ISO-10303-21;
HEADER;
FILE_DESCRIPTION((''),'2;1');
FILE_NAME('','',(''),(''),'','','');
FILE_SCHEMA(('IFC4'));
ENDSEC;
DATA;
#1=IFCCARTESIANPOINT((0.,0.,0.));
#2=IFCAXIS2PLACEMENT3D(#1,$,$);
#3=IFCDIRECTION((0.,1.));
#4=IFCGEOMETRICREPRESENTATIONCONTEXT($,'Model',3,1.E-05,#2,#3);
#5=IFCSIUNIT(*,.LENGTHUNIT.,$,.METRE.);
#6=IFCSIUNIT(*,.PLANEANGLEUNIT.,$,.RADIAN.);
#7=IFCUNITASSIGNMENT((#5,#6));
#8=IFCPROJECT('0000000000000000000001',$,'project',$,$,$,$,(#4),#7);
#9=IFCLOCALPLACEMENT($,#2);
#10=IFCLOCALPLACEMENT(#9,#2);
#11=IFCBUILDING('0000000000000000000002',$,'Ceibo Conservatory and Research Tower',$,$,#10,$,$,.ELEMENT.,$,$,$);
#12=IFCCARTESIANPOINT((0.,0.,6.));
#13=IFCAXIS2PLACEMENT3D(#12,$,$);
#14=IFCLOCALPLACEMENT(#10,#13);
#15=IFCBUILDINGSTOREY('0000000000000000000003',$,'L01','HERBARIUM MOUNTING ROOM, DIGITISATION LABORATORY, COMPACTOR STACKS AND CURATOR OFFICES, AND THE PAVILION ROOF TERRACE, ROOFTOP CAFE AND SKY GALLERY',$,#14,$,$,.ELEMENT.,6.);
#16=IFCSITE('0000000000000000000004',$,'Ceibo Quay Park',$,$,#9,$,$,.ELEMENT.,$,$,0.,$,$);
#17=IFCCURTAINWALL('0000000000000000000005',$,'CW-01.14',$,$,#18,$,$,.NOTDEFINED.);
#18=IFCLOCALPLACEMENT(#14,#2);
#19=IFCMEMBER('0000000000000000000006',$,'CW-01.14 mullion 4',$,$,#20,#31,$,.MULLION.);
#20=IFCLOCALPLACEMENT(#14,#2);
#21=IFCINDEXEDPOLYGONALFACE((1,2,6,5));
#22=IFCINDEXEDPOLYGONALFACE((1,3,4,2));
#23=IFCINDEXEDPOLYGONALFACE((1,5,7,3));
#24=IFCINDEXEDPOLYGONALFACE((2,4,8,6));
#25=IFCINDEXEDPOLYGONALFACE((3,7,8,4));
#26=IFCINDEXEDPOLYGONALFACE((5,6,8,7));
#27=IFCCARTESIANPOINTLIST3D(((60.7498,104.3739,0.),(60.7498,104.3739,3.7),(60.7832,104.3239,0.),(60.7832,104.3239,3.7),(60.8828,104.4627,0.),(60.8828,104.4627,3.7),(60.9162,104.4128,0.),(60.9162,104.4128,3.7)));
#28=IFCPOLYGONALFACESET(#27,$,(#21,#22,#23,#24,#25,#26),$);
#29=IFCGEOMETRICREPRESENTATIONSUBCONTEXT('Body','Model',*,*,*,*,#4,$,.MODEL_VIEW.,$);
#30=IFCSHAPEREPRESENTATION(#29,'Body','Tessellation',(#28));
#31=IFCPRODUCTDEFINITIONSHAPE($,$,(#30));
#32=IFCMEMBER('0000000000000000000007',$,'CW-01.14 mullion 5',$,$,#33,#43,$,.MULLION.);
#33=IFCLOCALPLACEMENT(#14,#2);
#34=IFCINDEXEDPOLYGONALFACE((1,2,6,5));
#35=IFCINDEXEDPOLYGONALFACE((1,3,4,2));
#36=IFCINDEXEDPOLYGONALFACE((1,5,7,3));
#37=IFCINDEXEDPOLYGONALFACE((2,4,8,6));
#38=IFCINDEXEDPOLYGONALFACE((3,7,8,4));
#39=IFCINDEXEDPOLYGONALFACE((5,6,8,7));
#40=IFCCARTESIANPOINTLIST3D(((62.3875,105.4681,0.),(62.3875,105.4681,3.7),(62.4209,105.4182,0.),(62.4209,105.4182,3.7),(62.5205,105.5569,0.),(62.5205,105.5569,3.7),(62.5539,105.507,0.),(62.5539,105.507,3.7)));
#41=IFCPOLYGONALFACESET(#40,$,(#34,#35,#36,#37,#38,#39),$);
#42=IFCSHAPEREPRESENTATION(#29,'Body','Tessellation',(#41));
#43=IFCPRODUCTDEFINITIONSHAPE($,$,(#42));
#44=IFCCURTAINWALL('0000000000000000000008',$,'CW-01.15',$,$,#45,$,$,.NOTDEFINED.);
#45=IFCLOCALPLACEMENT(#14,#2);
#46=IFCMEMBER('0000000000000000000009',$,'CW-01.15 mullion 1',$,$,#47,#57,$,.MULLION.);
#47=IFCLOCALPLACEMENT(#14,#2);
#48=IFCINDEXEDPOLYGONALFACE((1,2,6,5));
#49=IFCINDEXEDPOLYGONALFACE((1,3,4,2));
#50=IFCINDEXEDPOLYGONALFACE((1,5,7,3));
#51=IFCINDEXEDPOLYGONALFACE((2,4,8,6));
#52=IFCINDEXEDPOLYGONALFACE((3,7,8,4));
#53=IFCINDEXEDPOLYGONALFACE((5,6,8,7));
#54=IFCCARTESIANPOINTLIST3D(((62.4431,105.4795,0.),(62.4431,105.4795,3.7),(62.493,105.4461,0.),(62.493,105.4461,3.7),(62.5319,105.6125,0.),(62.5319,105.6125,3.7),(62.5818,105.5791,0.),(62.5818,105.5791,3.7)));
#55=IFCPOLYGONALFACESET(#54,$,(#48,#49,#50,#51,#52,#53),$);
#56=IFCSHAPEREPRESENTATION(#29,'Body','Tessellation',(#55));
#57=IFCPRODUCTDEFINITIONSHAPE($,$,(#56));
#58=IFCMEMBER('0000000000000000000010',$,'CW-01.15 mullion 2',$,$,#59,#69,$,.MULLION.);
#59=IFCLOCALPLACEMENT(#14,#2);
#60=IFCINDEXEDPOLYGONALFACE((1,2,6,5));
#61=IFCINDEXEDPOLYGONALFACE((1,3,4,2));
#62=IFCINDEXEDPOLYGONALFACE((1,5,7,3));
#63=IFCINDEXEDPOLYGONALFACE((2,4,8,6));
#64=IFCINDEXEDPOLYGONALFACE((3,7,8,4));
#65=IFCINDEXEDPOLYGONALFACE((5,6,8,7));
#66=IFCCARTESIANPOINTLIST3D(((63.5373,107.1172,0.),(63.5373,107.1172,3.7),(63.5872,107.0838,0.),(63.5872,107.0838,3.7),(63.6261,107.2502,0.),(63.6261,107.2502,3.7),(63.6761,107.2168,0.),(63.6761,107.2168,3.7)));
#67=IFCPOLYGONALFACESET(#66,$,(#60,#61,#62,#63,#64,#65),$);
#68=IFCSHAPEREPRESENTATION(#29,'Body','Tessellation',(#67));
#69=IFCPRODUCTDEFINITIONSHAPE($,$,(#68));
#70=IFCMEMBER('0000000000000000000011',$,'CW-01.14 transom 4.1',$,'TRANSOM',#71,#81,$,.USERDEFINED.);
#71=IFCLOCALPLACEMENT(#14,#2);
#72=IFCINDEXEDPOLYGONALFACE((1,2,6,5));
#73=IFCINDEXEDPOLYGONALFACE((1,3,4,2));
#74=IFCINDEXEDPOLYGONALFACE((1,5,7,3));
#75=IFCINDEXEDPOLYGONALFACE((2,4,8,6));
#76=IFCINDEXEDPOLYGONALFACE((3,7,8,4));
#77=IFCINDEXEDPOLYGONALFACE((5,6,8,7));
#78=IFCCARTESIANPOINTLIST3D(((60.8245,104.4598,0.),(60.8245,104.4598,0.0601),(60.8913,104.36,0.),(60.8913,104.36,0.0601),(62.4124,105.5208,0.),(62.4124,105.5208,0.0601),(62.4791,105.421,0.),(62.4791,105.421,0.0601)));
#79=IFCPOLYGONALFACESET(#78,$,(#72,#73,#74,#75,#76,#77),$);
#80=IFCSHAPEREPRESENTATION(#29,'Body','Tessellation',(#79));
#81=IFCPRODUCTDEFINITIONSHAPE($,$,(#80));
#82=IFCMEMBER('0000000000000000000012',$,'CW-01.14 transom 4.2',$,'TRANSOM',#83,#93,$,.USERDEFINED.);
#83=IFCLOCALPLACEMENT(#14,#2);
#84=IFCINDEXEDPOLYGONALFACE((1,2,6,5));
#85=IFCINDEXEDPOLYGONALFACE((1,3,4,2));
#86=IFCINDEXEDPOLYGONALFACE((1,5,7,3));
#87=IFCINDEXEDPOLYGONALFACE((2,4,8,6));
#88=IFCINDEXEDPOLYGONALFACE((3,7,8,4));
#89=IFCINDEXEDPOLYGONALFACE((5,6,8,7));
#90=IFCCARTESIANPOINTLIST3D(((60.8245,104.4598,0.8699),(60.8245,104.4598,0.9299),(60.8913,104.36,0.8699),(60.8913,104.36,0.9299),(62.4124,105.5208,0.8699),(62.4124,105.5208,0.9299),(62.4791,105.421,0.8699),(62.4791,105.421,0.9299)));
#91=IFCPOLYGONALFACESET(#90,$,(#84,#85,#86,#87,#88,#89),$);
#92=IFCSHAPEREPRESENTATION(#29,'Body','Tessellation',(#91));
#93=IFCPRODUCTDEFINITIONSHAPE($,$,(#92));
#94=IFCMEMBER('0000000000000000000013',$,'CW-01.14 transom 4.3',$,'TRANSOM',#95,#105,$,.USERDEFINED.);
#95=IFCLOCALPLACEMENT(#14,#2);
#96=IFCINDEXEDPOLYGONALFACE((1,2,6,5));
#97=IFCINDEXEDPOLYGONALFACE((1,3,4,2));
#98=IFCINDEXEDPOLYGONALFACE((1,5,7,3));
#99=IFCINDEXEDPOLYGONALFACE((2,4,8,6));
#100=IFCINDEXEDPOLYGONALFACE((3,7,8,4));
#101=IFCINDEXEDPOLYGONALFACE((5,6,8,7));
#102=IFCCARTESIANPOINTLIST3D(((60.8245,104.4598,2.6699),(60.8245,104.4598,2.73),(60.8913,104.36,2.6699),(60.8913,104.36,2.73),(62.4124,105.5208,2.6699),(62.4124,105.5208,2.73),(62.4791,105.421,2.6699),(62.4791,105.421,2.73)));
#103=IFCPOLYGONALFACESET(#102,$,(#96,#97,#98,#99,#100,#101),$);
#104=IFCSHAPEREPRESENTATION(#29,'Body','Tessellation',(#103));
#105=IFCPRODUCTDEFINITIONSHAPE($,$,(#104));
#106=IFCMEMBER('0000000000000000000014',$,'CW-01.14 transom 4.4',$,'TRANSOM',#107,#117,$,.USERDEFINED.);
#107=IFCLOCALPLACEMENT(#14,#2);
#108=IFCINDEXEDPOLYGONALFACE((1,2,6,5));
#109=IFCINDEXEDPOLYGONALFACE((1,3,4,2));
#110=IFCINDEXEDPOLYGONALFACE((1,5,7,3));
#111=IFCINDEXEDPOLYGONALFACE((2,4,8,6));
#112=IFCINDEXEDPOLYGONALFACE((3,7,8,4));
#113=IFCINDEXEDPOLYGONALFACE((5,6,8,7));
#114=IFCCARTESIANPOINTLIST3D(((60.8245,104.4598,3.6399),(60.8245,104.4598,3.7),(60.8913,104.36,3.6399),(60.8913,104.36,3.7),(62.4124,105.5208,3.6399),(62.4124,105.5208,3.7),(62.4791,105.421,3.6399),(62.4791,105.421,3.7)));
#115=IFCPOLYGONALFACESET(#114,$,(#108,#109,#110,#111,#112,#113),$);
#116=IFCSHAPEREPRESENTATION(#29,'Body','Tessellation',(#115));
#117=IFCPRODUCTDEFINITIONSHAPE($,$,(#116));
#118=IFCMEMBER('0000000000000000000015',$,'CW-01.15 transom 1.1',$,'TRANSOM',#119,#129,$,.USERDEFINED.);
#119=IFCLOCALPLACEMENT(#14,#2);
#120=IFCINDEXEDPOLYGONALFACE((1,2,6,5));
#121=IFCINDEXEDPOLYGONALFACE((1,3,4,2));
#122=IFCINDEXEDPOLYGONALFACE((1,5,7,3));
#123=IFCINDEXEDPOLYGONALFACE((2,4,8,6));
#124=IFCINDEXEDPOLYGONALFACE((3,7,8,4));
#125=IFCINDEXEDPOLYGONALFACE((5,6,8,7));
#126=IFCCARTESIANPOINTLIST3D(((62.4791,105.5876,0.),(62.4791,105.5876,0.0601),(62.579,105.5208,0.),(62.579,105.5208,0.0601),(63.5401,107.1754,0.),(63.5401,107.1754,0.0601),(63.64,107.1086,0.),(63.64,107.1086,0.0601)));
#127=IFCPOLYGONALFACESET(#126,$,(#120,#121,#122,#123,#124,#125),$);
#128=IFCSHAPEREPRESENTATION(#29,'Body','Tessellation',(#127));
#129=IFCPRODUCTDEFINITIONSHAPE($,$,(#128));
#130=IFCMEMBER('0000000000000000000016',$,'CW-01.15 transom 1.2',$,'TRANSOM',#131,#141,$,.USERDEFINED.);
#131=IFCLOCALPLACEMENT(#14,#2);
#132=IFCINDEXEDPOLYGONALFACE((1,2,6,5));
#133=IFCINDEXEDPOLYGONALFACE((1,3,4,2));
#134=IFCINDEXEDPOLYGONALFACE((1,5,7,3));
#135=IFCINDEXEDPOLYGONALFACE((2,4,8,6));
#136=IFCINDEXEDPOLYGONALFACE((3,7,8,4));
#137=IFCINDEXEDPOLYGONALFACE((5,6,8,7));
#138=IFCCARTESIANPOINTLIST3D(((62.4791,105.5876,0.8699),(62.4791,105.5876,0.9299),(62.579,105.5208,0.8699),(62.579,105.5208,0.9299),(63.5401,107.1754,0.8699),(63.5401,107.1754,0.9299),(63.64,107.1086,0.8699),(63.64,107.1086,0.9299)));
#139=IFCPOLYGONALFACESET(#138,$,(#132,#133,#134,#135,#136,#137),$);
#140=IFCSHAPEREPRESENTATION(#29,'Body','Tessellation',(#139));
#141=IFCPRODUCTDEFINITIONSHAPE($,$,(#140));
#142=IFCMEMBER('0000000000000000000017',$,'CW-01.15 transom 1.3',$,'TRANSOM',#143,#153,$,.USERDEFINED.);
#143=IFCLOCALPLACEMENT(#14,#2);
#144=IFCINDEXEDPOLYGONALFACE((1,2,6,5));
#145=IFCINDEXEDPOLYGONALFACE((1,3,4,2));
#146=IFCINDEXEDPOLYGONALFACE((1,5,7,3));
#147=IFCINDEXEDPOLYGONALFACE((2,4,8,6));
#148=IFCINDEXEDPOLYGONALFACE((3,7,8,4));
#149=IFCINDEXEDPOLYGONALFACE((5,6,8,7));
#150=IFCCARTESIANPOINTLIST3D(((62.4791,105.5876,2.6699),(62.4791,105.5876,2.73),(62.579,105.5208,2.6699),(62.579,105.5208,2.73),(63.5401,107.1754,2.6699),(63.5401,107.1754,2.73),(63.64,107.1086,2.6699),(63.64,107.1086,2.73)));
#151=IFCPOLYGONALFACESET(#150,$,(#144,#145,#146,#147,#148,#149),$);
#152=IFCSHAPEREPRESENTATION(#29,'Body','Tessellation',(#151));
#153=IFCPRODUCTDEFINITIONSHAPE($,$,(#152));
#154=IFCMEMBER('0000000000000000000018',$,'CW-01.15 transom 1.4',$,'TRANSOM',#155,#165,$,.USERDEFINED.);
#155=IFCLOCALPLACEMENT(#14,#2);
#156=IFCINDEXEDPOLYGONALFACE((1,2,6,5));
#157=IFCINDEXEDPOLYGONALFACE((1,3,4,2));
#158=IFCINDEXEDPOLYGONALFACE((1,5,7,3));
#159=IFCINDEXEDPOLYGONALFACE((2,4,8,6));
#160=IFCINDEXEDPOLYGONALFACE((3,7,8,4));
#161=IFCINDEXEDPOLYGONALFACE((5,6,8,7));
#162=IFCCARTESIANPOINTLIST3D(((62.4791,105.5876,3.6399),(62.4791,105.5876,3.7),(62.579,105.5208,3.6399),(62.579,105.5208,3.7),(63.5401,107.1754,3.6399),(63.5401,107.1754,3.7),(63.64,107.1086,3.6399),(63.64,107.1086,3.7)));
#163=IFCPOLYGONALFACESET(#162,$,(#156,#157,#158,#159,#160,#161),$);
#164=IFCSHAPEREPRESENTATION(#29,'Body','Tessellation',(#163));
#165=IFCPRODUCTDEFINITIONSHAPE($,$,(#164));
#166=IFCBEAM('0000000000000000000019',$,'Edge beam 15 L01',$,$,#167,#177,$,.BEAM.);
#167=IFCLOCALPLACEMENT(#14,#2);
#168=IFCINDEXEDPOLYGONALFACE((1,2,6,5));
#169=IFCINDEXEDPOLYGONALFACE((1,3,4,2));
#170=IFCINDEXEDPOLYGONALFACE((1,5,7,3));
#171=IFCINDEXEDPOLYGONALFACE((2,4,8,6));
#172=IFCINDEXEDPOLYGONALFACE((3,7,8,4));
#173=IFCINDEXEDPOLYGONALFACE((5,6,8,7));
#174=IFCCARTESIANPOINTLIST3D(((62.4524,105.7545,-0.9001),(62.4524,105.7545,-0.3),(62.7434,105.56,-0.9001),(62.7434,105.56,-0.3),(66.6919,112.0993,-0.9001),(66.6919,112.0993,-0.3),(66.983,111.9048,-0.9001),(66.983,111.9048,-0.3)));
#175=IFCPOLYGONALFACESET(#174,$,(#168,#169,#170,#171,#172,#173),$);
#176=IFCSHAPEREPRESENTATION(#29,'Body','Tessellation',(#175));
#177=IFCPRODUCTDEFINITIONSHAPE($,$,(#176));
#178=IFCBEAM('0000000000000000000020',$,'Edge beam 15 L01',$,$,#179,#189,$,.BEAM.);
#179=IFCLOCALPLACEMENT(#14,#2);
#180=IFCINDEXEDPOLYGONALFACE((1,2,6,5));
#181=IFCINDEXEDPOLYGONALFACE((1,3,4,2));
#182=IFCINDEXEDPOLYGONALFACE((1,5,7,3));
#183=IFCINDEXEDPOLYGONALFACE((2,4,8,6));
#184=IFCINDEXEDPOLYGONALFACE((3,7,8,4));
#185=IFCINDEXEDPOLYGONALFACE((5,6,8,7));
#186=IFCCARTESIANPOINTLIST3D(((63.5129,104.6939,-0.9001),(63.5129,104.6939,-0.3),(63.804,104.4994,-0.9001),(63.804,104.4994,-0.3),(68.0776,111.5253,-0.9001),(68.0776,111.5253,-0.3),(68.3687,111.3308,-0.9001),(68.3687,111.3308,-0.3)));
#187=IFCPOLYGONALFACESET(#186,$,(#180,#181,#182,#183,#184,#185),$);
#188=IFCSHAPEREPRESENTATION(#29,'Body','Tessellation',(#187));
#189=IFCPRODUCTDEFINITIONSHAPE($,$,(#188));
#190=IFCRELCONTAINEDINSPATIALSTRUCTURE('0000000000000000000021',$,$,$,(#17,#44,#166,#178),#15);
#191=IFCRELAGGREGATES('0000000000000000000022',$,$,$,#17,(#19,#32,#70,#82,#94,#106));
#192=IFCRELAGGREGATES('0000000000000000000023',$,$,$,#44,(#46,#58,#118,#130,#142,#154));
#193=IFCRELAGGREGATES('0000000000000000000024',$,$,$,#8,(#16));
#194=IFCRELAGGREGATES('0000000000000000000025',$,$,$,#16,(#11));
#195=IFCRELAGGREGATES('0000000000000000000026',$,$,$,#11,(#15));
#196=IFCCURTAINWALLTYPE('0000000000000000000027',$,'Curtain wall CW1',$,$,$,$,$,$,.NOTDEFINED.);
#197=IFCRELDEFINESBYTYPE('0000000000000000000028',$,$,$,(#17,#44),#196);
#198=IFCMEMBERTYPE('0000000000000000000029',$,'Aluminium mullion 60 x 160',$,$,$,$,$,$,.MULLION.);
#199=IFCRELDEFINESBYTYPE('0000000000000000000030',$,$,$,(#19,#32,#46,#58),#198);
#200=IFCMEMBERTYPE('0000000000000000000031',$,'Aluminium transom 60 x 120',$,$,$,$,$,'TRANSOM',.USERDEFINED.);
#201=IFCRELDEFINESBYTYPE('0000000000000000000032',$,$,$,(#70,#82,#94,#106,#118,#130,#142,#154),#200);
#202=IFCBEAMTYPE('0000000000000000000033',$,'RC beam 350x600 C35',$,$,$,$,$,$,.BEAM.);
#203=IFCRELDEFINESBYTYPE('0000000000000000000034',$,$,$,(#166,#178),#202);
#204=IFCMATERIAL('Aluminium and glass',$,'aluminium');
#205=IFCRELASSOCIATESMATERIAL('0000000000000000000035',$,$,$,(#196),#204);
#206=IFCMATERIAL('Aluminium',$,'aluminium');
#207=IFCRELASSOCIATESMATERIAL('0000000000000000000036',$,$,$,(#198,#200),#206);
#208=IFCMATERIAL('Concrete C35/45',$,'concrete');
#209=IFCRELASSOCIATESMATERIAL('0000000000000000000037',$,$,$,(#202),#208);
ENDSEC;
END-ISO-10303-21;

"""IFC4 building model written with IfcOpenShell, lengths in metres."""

from ifc_helpers import new_model, si_unit, direction, frame, origin, origin_2d, place, context, subcontext, project, spatial, rectangle, extrude, material, material_profile, profile_set, type_object, element, aggregate, save


model = new_model("IFC4")

# Units and contexts
model_context = context("Model", 3, precision=1e-05, world=origin(), true_north=direction((0.0, 1.0)))
body_context = subcontext(model_context, "Body", "Model", "MODEL_VIEW")
ifc_project = project(units=[si_unit("LENGTHUNIT", "METRE"), si_unit("PLANEANGLEUNIT", "RADIAN")], contexts=[model_context])

# Site, building, storey
site_placement = place(None, origin())
site = spatial("IfcSite", under=ifc_project, at=site_placement, Name="Ceibo Quay Park", CompositionType="ELEMENT", RefElevation=0.0)
building_placement = place(site_placement, origin())
building = spatial("IfcBuilding", under=site, at=building_placement, Name="Ceibo Conservatory and Research Tower", CompositionType="ELEMENT")
storey_placement = place(building_placement, frame((0.0, 0.0, 6.0)))
storey = spatial("IfcBuildingStorey", under=building, at=storey_placement, Name="L01", Description="HERBARIUM MOUNTING ROOM, DIGITISATION LABORATORY, COMPACTOR STACKS AND CURATOR OFFICES, AND THE PAVILION ROOF TERRACE, ROOFTOP CAFE AND SKY GALLERY", CompositionType="ELEMENT", Elevation=6.0)

# Curtain walls, members
ifc_material_1 = material(Name="Aluminium and glass", Category="aluminium")
curtain_wall_type = type_object("IfcCurtainWallType", Name="Curtain wall CW1", PredefinedType="NOTDEFINED", material=ifc_material_1)
curtain_wall_1_placement = place(storey_placement, origin())
curtain_wall_1 = element("IfcCurtainWall", 1, at=curtain_wall_1_placement, inside=storey, type_object=curtain_wall_type, Name="CW-01.14", PredefinedType="NOTDEFINED")
ifc_material_2 = material(Name="Aluminium", Category="aluminium")
ifc_material_profile_1 = material_profile(ifc_material_2, rectangle(XDim=0.0601, YDim=0.1599, at=origin_2d()), Name="Aluminium 60 x 160")
ifc_profile_set_1 = profile_set([ifc_material_profile_1], Name="Aluminium")
member_type_1 = type_object("IfcMemberType", Name="Aluminium mullion 60 x 160", PredefinedType="MULLION", material=ifc_profile_set_1)
member_1_placement = place(storey_placement, frame((60.833, 104.3933, 0.0), z_axis=(0.0, 0.0, 1.0), x_axis=(-0.55557, 0.83147, 0.0)))
member_1 = element("IfcMember", 2, at=member_1_placement, type_object=member_type_1, Name="CW-01.14 mullion 4", PredefinedType="MULLION", context=body_context, shape_type="SweptSolid", body=[
    extrude(rectangle(XDim=0.0601, YDim=0.1599, at=origin_2d()), origin(), (0.0, 0.0, 1.0), 3.7),
])
member_2_placement = place(storey_placement, frame((62.4707, 105.4875, 0.0), z_axis=(0.0, 0.0, 1.0), x_axis=(-0.55557, 0.83147, 0.0)))
member_2 = element("IfcMember", 3, at=member_2_placement, type_object=member_type_1, Name="CW-01.14 mullion 5", PredefinedType="MULLION", context=body_context, shape_type="SweptSolid", body=[
    extrude(rectangle(XDim=0.0601, YDim=0.1599, at=origin_2d()), origin(), (0.0, 0.0, 1.0), 3.7),
])
curtain_wall_2_placement = place(storey_placement, origin())
curtain_wall_2 = element("IfcCurtainWall", 4, at=curtain_wall_2_placement, inside=storey, type_object=curtain_wall_type, Name="CW-01.15", PredefinedType="NOTDEFINED")
member_3_placement = place(storey_placement, frame((62.5125, 105.5293, 0.0), z_axis=(0.0, 0.0, 1.0), x_axis=(-0.83147, 0.55557, 0.0)))
member_3 = element("IfcMember", 5, at=member_3_placement, type_object=member_type_1, Name="CW-01.15 mullion 1", PredefinedType="MULLION", context=body_context, shape_type="SweptSolid", body=[
    extrude(rectangle(XDim=0.0601, YDim=0.1599, at=origin_2d()), origin(), (0.0, 0.0, 1.0), 3.7),
])
member_4_placement = place(storey_placement, frame((63.6067, 107.167, 0.0), z_axis=(0.0, 0.0, 1.0), x_axis=(-0.83147, 0.55557, 0.0)))
member_4 = element("IfcMember", 6, at=member_4_placement, type_object=member_type_1, Name="CW-01.15 mullion 2", PredefinedType="MULLION", context=body_context, shape_type="SweptSolid", body=[
    extrude(rectangle(XDim=0.0601, YDim=0.1599, at=origin_2d()), origin(), (0.0, 0.0, 1.0), 3.7),
])

# Members
ifc_material_profile_2 = material_profile(ifc_material_2, rectangle(XDim=0.1201, YDim=0.0601, at=origin_2d()), Name="Aluminium 60 x 120")
ifc_profile_set_2 = profile_set([ifc_material_profile_2], Name="Aluminium")
member_type_2 = type_object("IfcMemberType", Name="Aluminium transom 60 x 120", ElementType="TRANSOM", PredefinedType="USERDEFINED", material=ifc_profile_set_2)
member_5_placement = place(storey_placement, frame((60.8579, 104.4099, 0.03), z_axis=(0.83146, 0.555585, 0.0), x_axis=(-0.555585, 0.83146, 0.0)))
member_5 = element("IfcMember", 7, at=member_5_placement, type_object=member_type_2, Name="CW-01.14 transom 4.1", ObjectType="TRANSOM", PredefinedType="USERDEFINED", context=body_context, shape_type="SweptSolid", body=[
    extrude(rectangle(XDim=0.1201, YDim=0.0601, at=origin_2d()), origin(), (0.0, 0.0, 1.0), 1.9097),
])
member_6_placement = place(storey_placement, frame((60.8579, 104.4099, 0.8999), z_axis=(0.83146, 0.555585, 0.0), x_axis=(-0.555585, 0.83146, 0.0)))
member_6 = element("IfcMember", 8, at=member_6_placement, type_object=member_type_2, Name="CW-01.14 transom 4.2", ObjectType="TRANSOM", PredefinedType="USERDEFINED", context=body_context, shape_type="SweptSolid", body=[
    extrude(rectangle(XDim=0.1201, YDim=0.0601, at=origin_2d()), origin(), (0.0, 0.0, 1.0), 1.9097),
])
member_7_placement = place(storey_placement, frame((60.8579, 104.4099, 2.7), z_axis=(0.83146, 0.555585, 0.0), x_axis=(-0.555585, 0.83146, 0.0)))
member_7 = element("IfcMember", 9, at=member_7_placement, type_object=member_type_2, Name="CW-01.14 transom 4.3", ObjectType="TRANSOM", PredefinedType="USERDEFINED", context=body_context, shape_type="SweptSolid", body=[
    extrude(rectangle(XDim=0.1201, YDim=0.0601, at=origin_2d()), origin(), (0.0, 0.0, 1.0), 1.9097),
])
member_8_placement = place(storey_placement, frame((60.8579, 104.4099, 3.6699), z_axis=(0.83146, 0.555585, 0.0), x_axis=(-0.555585, 0.83146, 0.0)))
member_8 = element("IfcMember", 10, at=member_8_placement, type_object=member_type_2, Name="CW-01.14 transom 4.4", ObjectType="TRANSOM", PredefinedType="USERDEFINED", context=body_context, shape_type="SweptSolid", body=[
    extrude(rectangle(XDim=0.1201, YDim=0.0601, at=origin_2d()), origin(), (0.0, 0.0, 1.0), 1.9097),
])
member_9_placement = place(storey_placement, frame((62.5291, 105.5542, 0.03), z_axis=(0.555585, 0.83146, 0.0), x_axis=(-0.83146, 0.555585, 0.0)))
member_9 = element("IfcMember", 11, at=member_9_placement, type_object=member_type_2, Name="CW-01.15 transom 1.1", ObjectType="TRANSOM", PredefinedType="USERDEFINED", context=body_context, shape_type="SweptSolid", body=[
    extrude(rectangle(XDim=0.1201, YDim=0.0601, at=origin_2d()), origin(), (0.0, 0.0, 1.0), 1.9097),
])
member_10_placement = place(storey_placement, frame((62.5291, 105.5542, 0.8999), z_axis=(0.555585, 0.83146, 0.0), x_axis=(-0.83146, 0.555585, 0.0)))
member_10 = element("IfcMember", 12, at=member_10_placement, type_object=member_type_2, Name="CW-01.15 transom 1.2", ObjectType="TRANSOM", PredefinedType="USERDEFINED", context=body_context, shape_type="SweptSolid", body=[
    extrude(rectangle(XDim=0.1201, YDim=0.0601, at=origin_2d()), origin(), (0.0, 0.0, 1.0), 1.9097),
])
member_11_placement = place(storey_placement, frame((62.5291, 105.5542, 2.7), z_axis=(0.555585, 0.83146, 0.0), x_axis=(-0.83146, 0.555585, 0.0)))
member_11 = element("IfcMember", 13, at=member_11_placement, type_object=member_type_2, Name="CW-01.15 transom 1.3", ObjectType="TRANSOM", PredefinedType="USERDEFINED", context=body_context, shape_type="SweptSolid", body=[
    extrude(rectangle(XDim=0.1201, YDim=0.0601, at=origin_2d()), origin(), (0.0, 0.0, 1.0), 1.9097),
])
member_12_placement = place(storey_placement, frame((62.5291, 105.5542, 3.6699), z_axis=(0.555585, 0.83146, 0.0), x_axis=(-0.83146, 0.555585, 0.0)))
member_12 = element("IfcMember", 14, at=member_12_placement, type_object=member_type_2, Name="CW-01.15 transom 1.4", ObjectType="TRANSOM", PredefinedType="USERDEFINED", context=body_context, shape_type="SweptSolid", body=[
    extrude(rectangle(XDim=0.1201, YDim=0.0601, at=origin_2d()), origin(), (0.0, 0.0, 1.0), 1.9097),
])

# Beams
ifc_material_3 = material(Name="Concrete C35/45", Category="concrete")
ifc_material_profile_3 = material_profile(ifc_material_3, rectangle(XDim=0.3501, YDim=0.6001, at=origin_2d()), Name="RC 350x600")
ifc_profile_set_3 = profile_set([ifc_material_profile_3], Name="Concrete C35/45")
beam_type = type_object("IfcBeamType", Name="RC beam 350x600 C35", PredefinedType="BEAM", material=ifc_profile_set_3)
beam_1_placement = place(storey_placement, frame((62.5979, 105.6572, -0.6001), z_axis=(0.555578, 0.831464, 0.0), x_axis=(-0.831464, 0.555578, 0.0)))
element("IfcBeam", 15, at=beam_1_placement, inside=storey, type_object=beam_type, Name="Edge beam 15 L01", PredefinedType="BEAM", context=body_context, shape_type="SweptSolid", body=[
    extrude(rectangle(XDim=0.3501, YDim=0.6001, at=origin_2d()), origin(), (0.0, 0.0, 1.0), 7.6309),
])
beam_2_placement = place(storey_placement, frame((63.6584, 104.5967, -0.6001), z_axis=(0.555584, 0.83146, 0.0), x_axis=(-0.83146, 0.555584, 0.0)))
element("IfcBeam", 16, at=beam_2_placement, inside=storey, type_object=beam_type, Name="Edge beam 15 L01", PredefinedType="BEAM", context=body_context, shape_type="SweptSolid", body=[
    extrude(rectangle(XDim=0.3501, YDim=0.6001, at=origin_2d()), origin(), (0.0, 0.0, 1.0), 8.2161),
])

aggregate(curtain_wall_1, [member_1, member_2, member_5, member_6, member_7, member_8])
aggregate(curtain_wall_2, [member_3, member_4, member_9, member_10, member_11, member_12])

save(model, "model.ifc")
